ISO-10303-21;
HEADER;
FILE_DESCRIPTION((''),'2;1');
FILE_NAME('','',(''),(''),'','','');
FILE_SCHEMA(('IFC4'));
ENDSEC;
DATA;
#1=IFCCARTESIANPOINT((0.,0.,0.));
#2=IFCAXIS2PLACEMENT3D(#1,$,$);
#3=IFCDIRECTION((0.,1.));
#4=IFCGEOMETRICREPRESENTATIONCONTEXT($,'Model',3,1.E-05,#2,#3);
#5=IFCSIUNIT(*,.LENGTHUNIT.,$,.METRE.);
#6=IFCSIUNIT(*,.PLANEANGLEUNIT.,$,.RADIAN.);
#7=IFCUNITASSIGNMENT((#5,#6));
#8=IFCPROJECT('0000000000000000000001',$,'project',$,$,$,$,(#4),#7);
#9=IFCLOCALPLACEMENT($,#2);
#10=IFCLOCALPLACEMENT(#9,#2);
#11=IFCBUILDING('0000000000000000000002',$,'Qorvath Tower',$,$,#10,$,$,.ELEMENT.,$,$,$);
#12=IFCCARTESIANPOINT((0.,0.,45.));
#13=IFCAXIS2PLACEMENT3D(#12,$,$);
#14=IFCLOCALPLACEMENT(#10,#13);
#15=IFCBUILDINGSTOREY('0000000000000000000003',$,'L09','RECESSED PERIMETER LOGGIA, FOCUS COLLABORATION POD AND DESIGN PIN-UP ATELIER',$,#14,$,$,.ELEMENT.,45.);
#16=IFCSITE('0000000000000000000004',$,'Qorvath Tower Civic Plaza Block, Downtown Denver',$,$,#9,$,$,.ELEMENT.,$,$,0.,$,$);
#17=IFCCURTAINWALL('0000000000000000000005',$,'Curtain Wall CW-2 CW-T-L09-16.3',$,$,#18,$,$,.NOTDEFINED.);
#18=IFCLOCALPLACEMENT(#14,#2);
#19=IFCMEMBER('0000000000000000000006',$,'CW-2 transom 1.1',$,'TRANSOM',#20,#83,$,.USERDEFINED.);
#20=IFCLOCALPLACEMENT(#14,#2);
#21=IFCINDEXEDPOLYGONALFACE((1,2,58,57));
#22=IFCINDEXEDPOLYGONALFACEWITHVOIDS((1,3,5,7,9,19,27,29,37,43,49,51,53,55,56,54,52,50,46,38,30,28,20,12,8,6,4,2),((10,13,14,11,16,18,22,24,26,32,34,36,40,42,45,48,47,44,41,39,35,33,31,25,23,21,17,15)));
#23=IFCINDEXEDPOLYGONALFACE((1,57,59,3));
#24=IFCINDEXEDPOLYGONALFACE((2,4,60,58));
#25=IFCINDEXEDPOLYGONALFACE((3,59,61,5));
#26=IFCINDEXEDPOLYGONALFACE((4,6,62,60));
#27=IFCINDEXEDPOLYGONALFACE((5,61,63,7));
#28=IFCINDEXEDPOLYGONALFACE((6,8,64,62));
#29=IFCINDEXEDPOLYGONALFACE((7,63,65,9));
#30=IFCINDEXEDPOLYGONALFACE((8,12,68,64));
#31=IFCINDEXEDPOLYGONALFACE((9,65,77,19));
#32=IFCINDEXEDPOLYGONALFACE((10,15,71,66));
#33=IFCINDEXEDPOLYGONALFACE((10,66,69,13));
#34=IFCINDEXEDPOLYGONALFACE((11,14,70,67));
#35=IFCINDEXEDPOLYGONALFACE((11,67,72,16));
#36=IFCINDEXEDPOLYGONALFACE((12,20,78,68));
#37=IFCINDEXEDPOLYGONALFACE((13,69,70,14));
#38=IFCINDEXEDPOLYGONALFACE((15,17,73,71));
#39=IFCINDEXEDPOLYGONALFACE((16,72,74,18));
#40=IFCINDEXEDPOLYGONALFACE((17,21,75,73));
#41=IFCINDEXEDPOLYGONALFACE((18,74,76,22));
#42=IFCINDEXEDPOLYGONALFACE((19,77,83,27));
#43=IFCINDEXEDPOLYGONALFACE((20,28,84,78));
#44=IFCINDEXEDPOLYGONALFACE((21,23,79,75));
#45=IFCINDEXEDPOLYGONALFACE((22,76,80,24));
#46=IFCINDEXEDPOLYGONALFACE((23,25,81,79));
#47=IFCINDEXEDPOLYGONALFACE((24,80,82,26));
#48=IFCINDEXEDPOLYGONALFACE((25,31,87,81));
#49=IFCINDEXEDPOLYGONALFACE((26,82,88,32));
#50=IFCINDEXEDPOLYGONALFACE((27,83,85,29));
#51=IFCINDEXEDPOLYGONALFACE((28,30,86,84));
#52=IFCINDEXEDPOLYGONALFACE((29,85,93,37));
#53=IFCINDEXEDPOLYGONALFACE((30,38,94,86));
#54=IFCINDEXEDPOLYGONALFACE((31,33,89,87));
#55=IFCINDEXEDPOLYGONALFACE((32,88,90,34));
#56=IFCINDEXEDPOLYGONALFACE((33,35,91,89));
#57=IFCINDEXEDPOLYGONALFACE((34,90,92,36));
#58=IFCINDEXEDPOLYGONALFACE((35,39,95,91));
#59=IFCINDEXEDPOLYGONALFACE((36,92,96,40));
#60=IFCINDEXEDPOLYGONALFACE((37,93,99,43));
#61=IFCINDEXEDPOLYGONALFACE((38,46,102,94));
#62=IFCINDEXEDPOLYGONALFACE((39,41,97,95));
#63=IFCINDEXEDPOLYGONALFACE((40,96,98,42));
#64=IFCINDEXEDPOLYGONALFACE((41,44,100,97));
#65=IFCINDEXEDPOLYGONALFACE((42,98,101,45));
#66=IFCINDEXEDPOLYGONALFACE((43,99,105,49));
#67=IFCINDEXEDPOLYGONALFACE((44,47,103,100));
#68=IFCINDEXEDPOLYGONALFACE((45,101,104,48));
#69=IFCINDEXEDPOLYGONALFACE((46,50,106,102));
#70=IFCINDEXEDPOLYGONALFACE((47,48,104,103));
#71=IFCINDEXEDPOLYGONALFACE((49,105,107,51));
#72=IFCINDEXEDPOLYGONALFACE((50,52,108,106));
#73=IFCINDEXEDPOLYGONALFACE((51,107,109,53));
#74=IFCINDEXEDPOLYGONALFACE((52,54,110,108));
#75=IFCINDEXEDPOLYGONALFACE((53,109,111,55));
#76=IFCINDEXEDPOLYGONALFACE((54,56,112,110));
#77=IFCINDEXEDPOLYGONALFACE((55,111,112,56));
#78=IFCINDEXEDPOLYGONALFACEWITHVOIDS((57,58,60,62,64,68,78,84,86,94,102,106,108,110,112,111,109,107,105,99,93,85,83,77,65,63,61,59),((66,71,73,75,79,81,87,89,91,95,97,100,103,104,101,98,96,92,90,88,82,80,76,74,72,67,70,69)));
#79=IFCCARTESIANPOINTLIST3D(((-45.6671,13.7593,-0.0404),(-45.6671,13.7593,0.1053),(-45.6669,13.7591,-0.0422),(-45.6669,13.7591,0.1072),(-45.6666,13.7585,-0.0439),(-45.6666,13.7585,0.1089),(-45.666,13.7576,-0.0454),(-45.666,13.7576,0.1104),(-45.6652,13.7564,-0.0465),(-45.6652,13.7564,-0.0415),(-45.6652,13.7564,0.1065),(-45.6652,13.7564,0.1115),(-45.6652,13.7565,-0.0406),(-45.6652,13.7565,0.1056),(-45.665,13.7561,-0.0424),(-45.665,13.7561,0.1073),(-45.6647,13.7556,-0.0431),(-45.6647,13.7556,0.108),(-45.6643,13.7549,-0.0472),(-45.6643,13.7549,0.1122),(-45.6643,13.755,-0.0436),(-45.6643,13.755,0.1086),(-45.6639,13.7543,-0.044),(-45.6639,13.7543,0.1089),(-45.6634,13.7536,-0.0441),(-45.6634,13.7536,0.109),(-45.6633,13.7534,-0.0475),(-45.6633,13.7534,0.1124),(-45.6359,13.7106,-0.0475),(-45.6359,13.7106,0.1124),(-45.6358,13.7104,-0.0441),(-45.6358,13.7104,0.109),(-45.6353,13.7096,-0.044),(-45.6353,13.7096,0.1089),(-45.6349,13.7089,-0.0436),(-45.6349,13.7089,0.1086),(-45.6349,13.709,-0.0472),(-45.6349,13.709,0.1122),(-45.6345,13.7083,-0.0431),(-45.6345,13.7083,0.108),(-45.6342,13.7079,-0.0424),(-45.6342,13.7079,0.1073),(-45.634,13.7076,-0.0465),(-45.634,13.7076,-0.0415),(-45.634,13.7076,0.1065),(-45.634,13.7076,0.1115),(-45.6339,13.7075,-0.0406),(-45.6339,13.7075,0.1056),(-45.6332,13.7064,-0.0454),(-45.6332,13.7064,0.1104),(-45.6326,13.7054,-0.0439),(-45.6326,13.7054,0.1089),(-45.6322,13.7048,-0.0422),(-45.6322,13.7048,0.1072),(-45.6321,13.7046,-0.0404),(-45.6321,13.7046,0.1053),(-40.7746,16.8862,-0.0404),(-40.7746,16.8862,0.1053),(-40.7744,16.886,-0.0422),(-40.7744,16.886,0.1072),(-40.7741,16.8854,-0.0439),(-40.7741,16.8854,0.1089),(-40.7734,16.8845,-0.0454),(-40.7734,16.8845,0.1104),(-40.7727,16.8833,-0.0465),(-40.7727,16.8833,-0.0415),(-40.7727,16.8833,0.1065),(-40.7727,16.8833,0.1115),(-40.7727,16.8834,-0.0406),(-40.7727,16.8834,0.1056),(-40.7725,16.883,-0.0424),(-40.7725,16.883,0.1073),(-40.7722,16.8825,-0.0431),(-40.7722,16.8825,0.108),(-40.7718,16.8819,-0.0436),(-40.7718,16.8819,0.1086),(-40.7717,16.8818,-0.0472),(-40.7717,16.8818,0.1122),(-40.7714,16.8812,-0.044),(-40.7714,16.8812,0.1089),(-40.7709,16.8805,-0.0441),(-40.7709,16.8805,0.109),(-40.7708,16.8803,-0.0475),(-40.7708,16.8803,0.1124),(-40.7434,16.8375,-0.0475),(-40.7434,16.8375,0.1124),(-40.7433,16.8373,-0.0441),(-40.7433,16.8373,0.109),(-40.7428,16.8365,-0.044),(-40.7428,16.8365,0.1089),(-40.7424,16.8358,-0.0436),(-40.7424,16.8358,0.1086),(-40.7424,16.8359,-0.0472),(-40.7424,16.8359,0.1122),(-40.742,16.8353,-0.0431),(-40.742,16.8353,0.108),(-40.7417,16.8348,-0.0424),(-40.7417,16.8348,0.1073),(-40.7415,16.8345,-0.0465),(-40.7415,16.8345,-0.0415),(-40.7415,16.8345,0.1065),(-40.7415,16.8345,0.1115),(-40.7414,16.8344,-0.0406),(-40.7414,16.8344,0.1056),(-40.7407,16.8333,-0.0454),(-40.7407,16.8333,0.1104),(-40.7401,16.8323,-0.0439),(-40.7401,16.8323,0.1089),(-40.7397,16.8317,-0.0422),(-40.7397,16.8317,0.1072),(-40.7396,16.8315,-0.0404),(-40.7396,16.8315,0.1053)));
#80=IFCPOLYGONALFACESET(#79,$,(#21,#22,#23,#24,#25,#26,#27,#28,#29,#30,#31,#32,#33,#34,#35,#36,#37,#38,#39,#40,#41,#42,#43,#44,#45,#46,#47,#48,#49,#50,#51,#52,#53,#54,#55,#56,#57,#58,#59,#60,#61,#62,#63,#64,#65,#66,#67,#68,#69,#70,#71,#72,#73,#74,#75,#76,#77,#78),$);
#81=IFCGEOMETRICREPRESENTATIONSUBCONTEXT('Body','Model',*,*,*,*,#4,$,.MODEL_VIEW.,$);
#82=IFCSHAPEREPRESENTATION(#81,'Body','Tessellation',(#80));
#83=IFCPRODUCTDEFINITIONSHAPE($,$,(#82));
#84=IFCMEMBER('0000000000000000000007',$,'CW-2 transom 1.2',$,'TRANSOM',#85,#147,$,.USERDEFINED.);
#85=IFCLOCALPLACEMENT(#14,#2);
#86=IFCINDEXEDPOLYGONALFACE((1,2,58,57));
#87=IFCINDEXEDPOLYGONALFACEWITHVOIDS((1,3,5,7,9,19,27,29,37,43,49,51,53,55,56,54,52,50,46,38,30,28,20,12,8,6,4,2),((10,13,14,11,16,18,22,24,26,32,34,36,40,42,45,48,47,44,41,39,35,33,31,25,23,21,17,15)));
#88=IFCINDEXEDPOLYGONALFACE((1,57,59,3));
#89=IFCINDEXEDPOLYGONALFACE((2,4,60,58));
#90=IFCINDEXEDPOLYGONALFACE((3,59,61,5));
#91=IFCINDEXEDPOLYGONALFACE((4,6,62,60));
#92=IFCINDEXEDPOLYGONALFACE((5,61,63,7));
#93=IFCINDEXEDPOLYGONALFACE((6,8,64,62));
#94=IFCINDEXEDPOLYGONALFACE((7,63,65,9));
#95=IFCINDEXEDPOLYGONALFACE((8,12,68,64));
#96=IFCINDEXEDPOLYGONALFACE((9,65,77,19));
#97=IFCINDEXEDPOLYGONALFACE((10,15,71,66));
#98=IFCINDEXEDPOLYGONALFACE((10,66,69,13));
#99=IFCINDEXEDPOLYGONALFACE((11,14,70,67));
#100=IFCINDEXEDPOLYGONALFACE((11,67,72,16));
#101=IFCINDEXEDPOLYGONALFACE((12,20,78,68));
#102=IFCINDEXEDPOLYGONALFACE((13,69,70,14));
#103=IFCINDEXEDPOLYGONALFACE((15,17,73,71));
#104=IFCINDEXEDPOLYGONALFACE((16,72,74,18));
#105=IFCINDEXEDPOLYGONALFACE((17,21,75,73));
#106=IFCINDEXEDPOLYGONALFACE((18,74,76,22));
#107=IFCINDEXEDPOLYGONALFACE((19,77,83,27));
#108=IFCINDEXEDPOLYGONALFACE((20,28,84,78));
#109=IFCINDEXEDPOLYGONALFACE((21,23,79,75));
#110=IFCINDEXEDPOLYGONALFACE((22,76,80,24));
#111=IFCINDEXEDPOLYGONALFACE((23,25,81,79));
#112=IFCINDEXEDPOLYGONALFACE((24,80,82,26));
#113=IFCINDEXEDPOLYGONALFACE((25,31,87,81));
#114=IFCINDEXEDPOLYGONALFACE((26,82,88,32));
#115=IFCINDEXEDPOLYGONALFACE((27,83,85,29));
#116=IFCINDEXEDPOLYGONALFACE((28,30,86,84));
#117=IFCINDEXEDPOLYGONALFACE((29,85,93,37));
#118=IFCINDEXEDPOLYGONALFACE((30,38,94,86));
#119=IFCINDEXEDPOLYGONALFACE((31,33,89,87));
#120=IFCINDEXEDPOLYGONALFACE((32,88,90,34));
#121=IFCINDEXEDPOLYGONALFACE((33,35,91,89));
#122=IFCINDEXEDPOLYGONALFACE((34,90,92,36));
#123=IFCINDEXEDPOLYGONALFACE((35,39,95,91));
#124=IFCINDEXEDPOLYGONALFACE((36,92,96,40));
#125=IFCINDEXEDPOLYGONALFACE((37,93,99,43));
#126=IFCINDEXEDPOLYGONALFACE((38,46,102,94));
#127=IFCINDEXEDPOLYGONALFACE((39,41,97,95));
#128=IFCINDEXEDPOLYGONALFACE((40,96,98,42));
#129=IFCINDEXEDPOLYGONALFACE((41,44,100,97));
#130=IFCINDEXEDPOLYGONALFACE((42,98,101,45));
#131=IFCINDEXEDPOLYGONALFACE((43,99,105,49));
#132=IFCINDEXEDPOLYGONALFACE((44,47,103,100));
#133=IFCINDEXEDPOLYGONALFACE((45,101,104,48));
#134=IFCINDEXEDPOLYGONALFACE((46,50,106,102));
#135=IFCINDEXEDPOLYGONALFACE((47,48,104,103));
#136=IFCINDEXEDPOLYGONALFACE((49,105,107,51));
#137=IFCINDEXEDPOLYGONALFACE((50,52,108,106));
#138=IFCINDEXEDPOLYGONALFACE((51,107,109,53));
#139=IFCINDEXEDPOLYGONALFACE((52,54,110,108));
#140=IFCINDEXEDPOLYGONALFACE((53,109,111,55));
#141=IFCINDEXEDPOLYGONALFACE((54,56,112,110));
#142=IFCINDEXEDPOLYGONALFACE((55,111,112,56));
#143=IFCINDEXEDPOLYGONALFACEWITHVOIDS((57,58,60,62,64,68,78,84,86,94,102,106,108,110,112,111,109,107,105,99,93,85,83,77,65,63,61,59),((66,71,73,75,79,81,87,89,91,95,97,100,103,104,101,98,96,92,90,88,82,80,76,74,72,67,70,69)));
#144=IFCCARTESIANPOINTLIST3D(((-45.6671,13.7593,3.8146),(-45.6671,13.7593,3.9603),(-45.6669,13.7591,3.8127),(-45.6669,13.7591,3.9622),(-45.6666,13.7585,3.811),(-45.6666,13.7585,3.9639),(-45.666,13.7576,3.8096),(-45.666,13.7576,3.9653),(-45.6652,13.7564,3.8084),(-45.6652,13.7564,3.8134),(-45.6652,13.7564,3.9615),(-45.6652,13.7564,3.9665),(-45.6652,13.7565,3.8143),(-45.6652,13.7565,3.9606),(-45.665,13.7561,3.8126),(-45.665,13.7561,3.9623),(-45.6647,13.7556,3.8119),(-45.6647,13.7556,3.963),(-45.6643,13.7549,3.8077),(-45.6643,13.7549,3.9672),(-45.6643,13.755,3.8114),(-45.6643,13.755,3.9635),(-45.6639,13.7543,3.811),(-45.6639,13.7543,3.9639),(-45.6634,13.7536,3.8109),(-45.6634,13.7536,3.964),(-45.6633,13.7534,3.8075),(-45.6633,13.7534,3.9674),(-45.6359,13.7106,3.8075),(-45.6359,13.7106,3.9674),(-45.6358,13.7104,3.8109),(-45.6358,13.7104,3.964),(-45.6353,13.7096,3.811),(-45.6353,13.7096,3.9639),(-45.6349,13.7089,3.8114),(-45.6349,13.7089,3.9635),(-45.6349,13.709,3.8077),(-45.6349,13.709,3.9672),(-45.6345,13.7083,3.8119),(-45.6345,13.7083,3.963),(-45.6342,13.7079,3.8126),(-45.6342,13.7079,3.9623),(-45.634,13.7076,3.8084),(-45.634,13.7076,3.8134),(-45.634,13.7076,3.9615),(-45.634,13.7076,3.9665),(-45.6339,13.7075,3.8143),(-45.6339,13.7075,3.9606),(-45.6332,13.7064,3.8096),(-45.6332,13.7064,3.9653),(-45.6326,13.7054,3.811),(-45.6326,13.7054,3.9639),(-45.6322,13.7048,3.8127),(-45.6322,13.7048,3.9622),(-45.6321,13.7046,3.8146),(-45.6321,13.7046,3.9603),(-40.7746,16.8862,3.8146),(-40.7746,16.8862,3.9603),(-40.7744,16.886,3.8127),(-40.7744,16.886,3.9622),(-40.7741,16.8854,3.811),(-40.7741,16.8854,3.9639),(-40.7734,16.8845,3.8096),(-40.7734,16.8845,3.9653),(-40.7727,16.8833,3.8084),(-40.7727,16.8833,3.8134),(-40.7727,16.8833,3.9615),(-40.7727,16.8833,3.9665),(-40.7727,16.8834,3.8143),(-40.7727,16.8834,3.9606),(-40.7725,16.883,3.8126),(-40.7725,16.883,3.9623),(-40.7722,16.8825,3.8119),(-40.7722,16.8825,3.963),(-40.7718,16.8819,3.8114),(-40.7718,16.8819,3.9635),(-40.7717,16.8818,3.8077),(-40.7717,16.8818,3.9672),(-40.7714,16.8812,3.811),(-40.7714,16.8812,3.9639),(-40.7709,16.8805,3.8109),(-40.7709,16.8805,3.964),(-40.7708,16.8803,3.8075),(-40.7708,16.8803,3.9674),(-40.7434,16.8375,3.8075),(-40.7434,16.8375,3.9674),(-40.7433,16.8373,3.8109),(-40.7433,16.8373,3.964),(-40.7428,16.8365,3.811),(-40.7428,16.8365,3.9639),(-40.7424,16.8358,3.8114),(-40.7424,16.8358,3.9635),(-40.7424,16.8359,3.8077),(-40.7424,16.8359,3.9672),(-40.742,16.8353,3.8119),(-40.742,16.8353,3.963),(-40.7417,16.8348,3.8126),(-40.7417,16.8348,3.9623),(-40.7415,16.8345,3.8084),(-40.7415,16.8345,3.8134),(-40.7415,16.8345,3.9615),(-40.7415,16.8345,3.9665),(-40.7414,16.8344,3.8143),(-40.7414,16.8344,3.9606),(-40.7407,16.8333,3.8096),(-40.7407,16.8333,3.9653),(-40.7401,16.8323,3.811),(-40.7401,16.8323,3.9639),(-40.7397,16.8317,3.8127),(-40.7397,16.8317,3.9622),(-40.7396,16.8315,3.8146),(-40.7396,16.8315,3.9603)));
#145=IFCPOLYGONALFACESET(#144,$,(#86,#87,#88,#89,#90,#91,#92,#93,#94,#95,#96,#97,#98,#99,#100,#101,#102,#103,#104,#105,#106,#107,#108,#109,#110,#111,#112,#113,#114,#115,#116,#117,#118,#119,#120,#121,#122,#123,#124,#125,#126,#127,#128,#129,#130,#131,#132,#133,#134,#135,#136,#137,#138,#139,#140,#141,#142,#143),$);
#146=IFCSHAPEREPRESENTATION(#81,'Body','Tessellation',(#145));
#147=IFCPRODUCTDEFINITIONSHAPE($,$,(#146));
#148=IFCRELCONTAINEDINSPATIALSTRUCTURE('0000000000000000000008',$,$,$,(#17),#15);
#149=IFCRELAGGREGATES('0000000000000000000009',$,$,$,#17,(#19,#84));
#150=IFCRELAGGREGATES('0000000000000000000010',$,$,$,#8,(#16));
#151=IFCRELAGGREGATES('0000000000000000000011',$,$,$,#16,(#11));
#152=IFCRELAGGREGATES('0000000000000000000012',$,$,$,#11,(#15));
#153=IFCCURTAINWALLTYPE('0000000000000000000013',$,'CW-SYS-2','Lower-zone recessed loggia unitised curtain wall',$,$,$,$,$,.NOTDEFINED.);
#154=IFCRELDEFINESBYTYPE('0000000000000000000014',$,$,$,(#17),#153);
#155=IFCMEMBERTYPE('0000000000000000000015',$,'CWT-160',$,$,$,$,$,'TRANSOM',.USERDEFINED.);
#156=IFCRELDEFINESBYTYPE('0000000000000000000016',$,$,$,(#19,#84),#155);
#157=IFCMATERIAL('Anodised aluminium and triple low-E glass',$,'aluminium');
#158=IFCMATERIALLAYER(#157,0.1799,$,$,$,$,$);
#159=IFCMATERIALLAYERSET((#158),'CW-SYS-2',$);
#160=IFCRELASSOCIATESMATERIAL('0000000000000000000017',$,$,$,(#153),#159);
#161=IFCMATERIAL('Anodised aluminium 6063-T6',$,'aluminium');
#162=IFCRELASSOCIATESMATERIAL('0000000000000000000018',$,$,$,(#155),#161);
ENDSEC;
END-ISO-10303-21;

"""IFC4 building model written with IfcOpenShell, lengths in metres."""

from ifc_helpers import new_model, si_unit, direction, frame, origin, origin_2d, place, context, subcontext, project, spatial, hollow_rectangle, extrude, material, layer, layer_set, material_profile, profile_set, type_object, element, aggregate, save


model = new_model("IFC4")

# Units and contexts
model_context = context("Model", 3, precision=1e-05, world=origin(), true_north=direction((0.0, 1.0)))
body_context = subcontext(model_context, "Body", "Model", "MODEL_VIEW")
ifc_project = project(units=[si_unit("LENGTHUNIT", "METRE"), si_unit("PLANEANGLEUNIT", "RADIAN")], contexts=[model_context])

# Site, building, storey
site_placement = place(None, origin())
site = spatial("IfcSite", under=ifc_project, at=site_placement, Name="Qorvath Tower Civic Plaza Block, Downtown Denver", CompositionType="ELEMENT", RefElevation=0.0)
building_placement = place(site_placement, origin())
building = spatial("IfcBuilding", under=site, at=building_placement, Name="Qorvath Tower", CompositionType="ELEMENT")
storey_placement = place(building_placement, frame((0.0, 0.0, 45.0)))
storey = spatial("IfcBuildingStorey", under=building, at=storey_placement, Name="L09", Description="RECESSED PERIMETER LOGGIA, FOCUS COLLABORATION POD AND DESIGN PIN-UP ATELIER", CompositionType="ELEMENT", Elevation=45.0)

# Curtain wall, members
ifc_material_1 = material(Name="Anodised aluminium and triple low-E glass", Category="aluminium")
ifc_layer_1 = layer(ifc_material_1, 0.1799)
ifc_layer_set_1 = layer_set([ifc_layer_1], Name="CW-SYS-2")
curtain_wall_type = type_object("IfcCurtainWallType", Name="CW-SYS-2", Description="Lower-zone recessed loggia unitised curtain wall", PredefinedType="NOTDEFINED", material=ifc_layer_set_1)
curtain_wall_placement = place(storey_placement, origin())
curtain_wall = element("IfcCurtainWall", 1, at=curtain_wall_placement, inside=storey, type_object=curtain_wall_type, Name="Curtain Wall CW-2 CW-T-L09-16.3", PredefinedType="NOTDEFINED")
ifc_material_2 = material(Name="Anodised aluminium 6063-T6", Category="aluminium")
ifc_material_profile_1 = material_profile(ifc_material_2, hollow_rectangle(XDim=0.0649, YDim=0.1599, WallThickness=0.0034, InnerFilletRadius=0.0034, OuterFilletRadius=0.0071, at=origin_2d()), Name="CWT 160x65")
ifc_profile_set_1 = profile_set([ifc_material_profile_1], Name="Anodised aluminium 6063-T6")
member_type_1 = type_object("IfcMemberType", Name="CWT-160", ElementType="TRANSOM", PredefinedType="USERDEFINED", material=ifc_profile_set_1)
member_1_placement = place(storey_placement, frame((-40.7571, 16.8589, 0.0325), z_axis=(-0.842607, -0.538529, 0.0), x_axis=(0.538529, -0.842607, 0.0)))
member_1 = element("IfcMember", 2, at=member_1_placement, type_object=member_type_1, Name="CW-2 transom 1.1", ObjectType="TRANSOM", PredefinedType="USERDEFINED", context=body_context, shape_type="SweptSolid", body=[
    extrude(hollow_rectangle(XDim=0.0649, YDim=0.1599, WallThickness=0.0034, InnerFilletRadius=0.0034, OuterFilletRadius=0.0071, at=origin_2d()), origin(), (0.0, 0.0, 1.0), 5.8064),
])
member_2_placement = place(storey_placement, frame((-40.7571, 16.8589, 3.8875), z_axis=(-0.842607, -0.538529, 0.0), x_axis=(0.538529, -0.842607, 0.0)))
member_2 = element("IfcMember", 3, at=member_2_placement, type_object=member_type_1, Name="CW-2 transom 1.2", ObjectType="TRANSOM", PredefinedType="USERDEFINED", context=body_context, shape_type="SweptSolid", body=[
    extrude(hollow_rectangle(XDim=0.0649, YDim=0.1599, WallThickness=0.0034, InnerFilletRadius=0.0034, OuterFilletRadius=0.0071, at=origin_2d()), origin(), (0.0, 0.0, 1.0), 5.8064),
])
aggregate(curtain_wall, [member_1, member_2])

save(model, "model.ifc")
